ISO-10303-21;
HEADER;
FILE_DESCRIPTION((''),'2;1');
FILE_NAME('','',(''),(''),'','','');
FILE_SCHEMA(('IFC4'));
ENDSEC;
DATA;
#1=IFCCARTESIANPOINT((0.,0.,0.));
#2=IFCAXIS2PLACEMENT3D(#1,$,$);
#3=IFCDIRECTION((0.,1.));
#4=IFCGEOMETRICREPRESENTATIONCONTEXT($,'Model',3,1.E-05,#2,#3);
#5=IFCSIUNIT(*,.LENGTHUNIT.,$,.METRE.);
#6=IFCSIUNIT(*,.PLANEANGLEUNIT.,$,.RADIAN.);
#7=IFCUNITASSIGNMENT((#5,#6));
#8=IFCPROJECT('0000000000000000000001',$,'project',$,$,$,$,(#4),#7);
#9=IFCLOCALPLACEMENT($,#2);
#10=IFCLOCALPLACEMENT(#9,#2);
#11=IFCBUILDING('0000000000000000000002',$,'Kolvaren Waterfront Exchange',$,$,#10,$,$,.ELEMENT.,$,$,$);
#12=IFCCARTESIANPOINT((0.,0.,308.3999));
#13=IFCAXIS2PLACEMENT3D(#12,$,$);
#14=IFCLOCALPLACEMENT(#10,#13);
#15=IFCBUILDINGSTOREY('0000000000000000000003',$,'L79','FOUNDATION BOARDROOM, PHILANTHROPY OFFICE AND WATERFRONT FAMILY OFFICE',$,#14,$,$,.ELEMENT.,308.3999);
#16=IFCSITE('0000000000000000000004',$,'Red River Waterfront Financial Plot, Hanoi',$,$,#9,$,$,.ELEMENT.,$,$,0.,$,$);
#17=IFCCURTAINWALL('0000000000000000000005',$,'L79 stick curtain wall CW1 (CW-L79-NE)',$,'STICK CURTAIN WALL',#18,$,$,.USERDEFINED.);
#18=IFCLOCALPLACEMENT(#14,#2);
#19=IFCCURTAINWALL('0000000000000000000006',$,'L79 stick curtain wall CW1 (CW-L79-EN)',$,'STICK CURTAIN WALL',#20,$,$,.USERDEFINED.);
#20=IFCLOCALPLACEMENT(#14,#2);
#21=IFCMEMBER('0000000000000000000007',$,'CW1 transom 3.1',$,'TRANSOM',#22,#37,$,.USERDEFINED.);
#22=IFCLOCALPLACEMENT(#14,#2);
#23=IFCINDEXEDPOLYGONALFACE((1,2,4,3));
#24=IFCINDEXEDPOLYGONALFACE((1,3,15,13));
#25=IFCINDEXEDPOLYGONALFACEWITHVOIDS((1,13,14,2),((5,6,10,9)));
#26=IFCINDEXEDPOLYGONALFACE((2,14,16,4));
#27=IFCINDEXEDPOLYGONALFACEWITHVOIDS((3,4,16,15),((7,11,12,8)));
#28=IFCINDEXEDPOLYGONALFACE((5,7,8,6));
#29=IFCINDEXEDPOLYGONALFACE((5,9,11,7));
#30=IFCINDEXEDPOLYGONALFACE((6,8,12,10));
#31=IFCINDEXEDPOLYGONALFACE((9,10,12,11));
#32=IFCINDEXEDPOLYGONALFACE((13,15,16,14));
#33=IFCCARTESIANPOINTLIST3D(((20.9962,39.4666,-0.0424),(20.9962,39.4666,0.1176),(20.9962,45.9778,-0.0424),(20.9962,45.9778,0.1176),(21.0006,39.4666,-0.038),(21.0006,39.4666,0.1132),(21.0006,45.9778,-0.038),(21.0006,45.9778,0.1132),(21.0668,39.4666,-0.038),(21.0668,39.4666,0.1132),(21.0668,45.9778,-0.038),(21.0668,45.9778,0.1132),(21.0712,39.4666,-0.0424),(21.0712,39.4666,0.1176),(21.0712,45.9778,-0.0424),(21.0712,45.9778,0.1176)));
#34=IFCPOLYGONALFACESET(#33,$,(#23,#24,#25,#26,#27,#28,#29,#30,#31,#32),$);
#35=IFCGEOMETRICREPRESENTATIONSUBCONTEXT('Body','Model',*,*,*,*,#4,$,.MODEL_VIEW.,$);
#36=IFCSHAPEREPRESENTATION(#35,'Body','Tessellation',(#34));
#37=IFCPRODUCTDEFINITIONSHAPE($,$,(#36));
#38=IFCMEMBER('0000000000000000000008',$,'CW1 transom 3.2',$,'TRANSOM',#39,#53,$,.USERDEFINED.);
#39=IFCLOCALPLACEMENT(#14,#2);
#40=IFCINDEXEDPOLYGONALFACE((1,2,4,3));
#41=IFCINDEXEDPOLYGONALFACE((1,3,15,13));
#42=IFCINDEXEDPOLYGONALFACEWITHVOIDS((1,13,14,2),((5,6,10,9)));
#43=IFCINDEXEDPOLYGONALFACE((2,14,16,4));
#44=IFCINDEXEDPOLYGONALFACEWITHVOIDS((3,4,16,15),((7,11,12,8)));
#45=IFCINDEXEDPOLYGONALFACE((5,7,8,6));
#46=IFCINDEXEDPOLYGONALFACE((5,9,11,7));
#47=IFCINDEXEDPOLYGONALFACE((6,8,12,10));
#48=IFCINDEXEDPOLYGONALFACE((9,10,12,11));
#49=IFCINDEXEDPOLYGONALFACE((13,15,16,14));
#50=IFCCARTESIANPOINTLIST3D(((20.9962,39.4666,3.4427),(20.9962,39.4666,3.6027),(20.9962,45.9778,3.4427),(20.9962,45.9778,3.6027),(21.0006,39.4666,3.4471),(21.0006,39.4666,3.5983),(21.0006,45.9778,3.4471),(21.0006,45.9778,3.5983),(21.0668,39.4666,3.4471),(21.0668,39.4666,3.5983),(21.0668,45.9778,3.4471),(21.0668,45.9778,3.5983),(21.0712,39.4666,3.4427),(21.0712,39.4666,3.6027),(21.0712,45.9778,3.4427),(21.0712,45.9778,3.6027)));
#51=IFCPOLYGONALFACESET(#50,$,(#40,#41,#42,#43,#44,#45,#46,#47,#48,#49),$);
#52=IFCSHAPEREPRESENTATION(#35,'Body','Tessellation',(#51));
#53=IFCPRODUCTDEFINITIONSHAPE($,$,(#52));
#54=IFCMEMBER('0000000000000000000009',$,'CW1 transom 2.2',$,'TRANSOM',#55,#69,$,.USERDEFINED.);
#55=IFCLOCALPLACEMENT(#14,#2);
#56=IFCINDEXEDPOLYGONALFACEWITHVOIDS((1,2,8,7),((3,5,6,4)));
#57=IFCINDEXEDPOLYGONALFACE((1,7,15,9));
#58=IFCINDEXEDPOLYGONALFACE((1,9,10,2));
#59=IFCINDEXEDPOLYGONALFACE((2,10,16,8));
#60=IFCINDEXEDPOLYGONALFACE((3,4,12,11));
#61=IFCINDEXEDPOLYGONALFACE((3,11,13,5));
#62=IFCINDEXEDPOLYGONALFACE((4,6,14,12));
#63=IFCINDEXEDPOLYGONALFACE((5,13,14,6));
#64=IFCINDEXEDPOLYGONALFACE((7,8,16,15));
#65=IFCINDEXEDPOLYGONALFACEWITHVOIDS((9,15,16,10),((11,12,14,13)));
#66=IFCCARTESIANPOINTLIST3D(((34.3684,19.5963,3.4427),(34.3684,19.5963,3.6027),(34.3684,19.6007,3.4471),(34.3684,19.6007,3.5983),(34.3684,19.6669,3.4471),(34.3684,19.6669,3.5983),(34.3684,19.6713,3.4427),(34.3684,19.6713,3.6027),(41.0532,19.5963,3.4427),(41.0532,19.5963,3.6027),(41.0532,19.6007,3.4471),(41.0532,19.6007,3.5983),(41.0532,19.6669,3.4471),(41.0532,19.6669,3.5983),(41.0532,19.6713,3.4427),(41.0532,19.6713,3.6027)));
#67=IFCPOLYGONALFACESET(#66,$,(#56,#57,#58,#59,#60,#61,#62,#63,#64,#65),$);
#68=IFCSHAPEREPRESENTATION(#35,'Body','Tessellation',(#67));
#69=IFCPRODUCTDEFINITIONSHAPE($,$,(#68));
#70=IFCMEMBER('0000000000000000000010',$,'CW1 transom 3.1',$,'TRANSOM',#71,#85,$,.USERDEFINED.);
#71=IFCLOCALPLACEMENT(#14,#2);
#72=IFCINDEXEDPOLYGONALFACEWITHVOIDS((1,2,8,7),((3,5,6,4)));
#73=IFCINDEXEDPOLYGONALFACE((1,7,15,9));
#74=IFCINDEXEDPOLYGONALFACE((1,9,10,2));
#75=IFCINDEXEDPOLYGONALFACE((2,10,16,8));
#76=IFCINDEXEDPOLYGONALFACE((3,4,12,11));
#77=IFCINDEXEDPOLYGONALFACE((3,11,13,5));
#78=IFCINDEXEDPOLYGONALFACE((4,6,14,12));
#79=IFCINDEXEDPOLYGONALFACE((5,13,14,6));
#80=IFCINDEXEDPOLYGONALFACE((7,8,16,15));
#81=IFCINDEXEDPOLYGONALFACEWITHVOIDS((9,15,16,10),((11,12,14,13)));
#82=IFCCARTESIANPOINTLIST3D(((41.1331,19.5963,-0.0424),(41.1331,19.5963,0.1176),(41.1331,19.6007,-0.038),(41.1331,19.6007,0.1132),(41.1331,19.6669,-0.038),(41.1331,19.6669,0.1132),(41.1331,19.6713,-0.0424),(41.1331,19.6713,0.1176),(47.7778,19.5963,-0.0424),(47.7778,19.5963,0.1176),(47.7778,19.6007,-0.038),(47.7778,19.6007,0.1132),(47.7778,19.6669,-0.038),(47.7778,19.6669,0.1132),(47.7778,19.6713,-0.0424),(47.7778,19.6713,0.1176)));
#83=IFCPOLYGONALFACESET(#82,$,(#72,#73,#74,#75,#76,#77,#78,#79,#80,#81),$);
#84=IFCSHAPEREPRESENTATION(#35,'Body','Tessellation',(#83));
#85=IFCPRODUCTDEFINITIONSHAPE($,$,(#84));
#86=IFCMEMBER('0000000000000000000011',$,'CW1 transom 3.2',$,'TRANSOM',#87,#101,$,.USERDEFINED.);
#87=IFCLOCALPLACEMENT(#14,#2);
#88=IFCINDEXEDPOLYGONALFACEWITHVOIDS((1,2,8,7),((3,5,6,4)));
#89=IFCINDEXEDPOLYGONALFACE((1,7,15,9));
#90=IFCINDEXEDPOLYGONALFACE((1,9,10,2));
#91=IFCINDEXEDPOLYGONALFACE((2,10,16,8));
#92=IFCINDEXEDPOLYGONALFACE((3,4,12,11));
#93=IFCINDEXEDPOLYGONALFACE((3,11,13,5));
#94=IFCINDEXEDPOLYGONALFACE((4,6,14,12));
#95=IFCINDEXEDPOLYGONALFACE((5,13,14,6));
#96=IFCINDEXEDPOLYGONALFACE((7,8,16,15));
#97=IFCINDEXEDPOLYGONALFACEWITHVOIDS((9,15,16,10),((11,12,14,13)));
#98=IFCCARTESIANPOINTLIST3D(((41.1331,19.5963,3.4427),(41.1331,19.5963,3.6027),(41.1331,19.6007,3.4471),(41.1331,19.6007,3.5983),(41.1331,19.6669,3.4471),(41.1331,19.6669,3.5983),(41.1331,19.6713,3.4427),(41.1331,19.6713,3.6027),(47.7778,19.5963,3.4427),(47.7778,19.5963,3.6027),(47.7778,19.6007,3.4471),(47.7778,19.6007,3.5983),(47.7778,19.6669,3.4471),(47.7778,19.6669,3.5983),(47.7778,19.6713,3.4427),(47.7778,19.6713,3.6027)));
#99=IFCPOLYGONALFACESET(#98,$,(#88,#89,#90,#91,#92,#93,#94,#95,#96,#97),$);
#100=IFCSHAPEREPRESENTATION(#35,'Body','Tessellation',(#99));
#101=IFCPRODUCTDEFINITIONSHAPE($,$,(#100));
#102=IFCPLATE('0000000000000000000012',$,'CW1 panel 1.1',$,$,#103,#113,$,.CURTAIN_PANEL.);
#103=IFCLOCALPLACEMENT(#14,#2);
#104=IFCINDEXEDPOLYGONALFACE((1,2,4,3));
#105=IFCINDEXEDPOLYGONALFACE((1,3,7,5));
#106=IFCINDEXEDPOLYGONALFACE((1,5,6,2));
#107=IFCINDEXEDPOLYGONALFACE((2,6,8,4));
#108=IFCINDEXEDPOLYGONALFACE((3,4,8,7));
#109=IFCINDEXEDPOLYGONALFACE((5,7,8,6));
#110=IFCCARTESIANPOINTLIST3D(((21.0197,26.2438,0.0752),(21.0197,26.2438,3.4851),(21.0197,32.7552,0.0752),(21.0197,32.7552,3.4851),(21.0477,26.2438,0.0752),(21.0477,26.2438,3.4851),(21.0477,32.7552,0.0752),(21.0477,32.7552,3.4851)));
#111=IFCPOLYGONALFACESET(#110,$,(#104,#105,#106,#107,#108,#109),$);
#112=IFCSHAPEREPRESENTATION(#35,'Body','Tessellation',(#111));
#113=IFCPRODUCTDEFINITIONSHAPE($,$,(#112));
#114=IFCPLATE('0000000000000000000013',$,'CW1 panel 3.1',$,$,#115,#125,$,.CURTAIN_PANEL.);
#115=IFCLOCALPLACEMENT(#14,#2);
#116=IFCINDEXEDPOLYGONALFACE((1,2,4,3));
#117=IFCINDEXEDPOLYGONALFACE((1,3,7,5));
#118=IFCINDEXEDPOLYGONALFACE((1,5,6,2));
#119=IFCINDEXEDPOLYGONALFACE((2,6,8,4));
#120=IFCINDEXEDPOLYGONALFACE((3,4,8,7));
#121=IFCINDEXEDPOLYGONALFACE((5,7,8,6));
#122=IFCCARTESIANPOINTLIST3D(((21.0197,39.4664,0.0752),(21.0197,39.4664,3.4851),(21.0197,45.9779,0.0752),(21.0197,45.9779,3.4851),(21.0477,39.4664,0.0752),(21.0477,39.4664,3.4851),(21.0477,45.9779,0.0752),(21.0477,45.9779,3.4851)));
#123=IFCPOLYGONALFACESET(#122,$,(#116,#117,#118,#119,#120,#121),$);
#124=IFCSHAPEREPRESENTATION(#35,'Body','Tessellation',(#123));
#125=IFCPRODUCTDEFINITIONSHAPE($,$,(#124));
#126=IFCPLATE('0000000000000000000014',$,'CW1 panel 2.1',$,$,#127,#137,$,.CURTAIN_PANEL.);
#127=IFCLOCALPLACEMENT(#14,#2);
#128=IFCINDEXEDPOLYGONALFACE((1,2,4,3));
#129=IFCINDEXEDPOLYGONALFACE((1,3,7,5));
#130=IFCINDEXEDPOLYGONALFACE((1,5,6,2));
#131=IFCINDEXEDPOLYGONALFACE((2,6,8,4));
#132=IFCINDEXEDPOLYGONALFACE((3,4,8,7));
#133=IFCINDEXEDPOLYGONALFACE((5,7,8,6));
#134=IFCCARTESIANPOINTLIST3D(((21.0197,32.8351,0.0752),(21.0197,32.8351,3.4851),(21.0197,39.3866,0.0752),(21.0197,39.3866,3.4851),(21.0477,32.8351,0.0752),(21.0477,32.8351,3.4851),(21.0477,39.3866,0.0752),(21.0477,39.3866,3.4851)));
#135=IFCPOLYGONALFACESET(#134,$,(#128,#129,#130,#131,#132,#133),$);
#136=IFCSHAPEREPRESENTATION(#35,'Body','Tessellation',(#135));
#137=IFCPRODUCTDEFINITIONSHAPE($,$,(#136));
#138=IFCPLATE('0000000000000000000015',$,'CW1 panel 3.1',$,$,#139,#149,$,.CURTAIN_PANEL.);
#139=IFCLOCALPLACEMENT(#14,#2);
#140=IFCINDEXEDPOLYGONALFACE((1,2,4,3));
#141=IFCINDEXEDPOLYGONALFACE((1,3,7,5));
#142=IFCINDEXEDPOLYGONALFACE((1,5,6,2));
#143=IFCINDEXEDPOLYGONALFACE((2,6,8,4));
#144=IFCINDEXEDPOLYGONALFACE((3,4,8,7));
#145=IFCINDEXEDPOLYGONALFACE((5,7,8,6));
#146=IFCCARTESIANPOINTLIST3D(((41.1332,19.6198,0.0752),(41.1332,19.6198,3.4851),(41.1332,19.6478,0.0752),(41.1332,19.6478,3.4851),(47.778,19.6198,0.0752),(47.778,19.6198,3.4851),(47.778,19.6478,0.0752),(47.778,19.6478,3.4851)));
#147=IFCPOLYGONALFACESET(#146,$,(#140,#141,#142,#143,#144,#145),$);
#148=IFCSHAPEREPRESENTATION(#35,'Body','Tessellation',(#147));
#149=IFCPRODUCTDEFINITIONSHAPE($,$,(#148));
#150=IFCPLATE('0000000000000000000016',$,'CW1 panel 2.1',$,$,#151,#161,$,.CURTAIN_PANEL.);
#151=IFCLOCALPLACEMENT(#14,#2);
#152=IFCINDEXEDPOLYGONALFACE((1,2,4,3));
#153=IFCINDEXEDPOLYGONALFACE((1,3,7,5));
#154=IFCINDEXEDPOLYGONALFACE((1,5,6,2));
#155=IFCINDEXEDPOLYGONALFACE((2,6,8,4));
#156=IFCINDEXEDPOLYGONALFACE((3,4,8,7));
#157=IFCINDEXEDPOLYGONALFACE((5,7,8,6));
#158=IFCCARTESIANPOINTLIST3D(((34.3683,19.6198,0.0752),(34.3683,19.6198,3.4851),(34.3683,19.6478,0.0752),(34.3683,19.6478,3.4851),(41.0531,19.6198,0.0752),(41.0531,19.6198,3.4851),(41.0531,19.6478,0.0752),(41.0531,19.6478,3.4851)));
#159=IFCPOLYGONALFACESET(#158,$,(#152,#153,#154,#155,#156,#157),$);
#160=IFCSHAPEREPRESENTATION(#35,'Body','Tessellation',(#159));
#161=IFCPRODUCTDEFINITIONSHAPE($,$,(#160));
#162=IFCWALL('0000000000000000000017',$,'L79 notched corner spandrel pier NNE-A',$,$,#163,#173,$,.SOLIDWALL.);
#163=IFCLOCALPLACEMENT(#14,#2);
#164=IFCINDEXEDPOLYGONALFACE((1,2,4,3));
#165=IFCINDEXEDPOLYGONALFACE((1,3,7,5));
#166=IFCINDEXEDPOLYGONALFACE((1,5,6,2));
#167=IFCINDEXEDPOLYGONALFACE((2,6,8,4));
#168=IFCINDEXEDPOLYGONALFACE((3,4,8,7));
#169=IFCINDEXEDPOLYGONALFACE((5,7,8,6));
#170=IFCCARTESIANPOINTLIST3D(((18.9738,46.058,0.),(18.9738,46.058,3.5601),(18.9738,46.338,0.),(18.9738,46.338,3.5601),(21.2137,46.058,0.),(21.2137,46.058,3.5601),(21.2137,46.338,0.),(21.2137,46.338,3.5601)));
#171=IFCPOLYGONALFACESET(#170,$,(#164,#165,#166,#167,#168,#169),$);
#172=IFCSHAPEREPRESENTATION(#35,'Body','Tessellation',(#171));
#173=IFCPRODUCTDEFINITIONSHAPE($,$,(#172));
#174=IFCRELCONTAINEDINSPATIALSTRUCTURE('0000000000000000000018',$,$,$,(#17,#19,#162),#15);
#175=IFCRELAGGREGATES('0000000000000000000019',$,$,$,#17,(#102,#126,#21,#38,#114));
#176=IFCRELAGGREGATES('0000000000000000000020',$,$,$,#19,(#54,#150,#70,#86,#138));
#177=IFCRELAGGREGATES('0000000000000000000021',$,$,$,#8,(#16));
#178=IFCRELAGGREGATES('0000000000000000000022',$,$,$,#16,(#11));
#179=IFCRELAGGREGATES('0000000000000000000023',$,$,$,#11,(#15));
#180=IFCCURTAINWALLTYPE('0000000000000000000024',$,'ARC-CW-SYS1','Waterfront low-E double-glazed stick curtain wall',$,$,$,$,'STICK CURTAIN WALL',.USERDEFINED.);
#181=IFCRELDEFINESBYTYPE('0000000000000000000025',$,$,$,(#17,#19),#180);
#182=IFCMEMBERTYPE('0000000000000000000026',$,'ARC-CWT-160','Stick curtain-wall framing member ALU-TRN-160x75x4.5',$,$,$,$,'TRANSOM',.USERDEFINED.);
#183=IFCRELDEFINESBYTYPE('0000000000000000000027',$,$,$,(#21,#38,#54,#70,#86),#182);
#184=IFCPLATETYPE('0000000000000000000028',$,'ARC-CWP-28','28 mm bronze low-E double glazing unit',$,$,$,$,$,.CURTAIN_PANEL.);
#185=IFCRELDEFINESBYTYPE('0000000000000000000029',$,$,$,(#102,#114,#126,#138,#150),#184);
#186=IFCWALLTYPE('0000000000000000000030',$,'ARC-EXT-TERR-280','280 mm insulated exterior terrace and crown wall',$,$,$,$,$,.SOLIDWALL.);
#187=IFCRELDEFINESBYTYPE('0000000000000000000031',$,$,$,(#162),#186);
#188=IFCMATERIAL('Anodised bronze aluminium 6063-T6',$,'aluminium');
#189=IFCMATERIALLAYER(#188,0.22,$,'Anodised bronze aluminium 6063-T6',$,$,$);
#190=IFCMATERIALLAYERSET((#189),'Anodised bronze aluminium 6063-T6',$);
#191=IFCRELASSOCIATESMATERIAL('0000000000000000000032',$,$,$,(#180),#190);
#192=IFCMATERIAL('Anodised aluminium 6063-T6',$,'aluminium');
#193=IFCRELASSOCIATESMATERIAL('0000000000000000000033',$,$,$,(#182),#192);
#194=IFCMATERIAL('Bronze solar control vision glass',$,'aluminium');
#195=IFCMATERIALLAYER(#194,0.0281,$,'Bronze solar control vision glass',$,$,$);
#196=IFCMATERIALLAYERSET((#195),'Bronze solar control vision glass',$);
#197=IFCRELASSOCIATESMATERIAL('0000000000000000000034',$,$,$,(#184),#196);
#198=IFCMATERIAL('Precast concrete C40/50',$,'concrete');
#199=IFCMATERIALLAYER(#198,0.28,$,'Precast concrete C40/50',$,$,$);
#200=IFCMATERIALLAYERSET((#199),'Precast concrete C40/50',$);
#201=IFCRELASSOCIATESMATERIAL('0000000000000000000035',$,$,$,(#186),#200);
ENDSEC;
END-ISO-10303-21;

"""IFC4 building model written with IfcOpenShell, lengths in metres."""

from ifc_helpers import new_model, si_unit, direction, frame, frame_2d, origin, origin_with_axes, origin_2d, place, context, subcontext, project, spatial, rectangle, hollow_rectangle, extrude, source, transform, mapped, material, layer, layer_set, material_profile, profile_set, type_object, element, aggregate, save


model = new_model("IFC4")

# Units and contexts
model_context = context("Model", 3, precision=1e-05, world=origin(), true_north=direction((0.0, 1.0)))
body_context = subcontext(model_context, "Body", "Model", "MODEL_VIEW")
ifc_project = project(units=[si_unit("LENGTHUNIT", "METRE"), si_unit("PLANEANGLEUNIT", "RADIAN")], contexts=[model_context])

# Site, building, storey
site_placement = place(None, origin())
site = spatial("IfcSite", under=ifc_project, at=site_placement, Name="Red River Waterfront Financial Plot, Hanoi", CompositionType="ELEMENT", RefElevation=0.0)
building_placement = place(site_placement, origin())
building = spatial("IfcBuilding", under=site, at=building_placement, Name="Kolvaren Waterfront Exchange", CompositionType="ELEMENT")
storey_placement = place(building_placement, frame((0.0, 0.0, 308.3999)))
storey = spatial("IfcBuildingStorey", under=building, at=storey_placement, Name="L79", Description="FOUNDATION BOARDROOM, PHILANTHROPY OFFICE AND WATERFRONT FAMILY OFFICE", CompositionType="ELEMENT", Elevation=308.3999)

# Curtain walls
ifc_material_1 = material(Name="Anodised bronze aluminium 6063-T6", Category="aluminium")
ifc_layer_1 = layer(ifc_material_1, 0.22, Name="Anodised bronze aluminium 6063-T6")
ifc_layer_set_1 = layer_set([ifc_layer_1], Name="Anodised bronze aluminium 6063-T6")
curtain_wall_type = type_object("IfcCurtainWallType", Name="ARC-CW-SYS1", Description="Waterfront low-E double-glazed stick curtain wall", ElementType="STICK CURTAIN WALL", PredefinedType="USERDEFINED", material=ifc_layer_set_1)
curtain_wall_1_placement = place(storey_placement, origin())
curtain_wall_1 = element("IfcCurtainWall", 1, at=curtain_wall_1_placement, inside=storey, type_object=curtain_wall_type, Name="L79 stick curtain wall CW1 (CW-L79-NE)", ObjectType="STICK CURTAIN WALL", PredefinedType="USERDEFINED")
ifc_material_2 = material(Name="Anodised aluminium 6063-T6", Category="aluminium")
curtain_wall_2_placement = place(storey_placement, origin())
curtain_wall_2 = element("IfcCurtainWall", 2, at=curtain_wall_2_placement, inside=storey, type_object=curtain_wall_type, Name="L79 stick curtain wall CW1 (CW-L79-EN)", ObjectType="STICK CURTAIN WALL", PredefinedType="USERDEFINED")

# Members
ifc_material_profile_1 = material_profile(ifc_material_2, hollow_rectangle(XDim=0.075, YDim=0.1599, WallThickness=0.0044, at=origin_2d()), Name="ALU-TRN-160x75x4.5")
ifc_profile_set_1 = profile_set([ifc_material_profile_1], Name="Anodised aluminium 6063-T6")
member_type_1 = type_object("IfcMemberType", Name="ARC-CWT-160", Description="Stick curtain-wall framing member ALU-TRN-160x75x4.5", ElementType="TRANSOM", PredefinedType="USERDEFINED", material=ifc_profile_set_1)
shared_shape_1 = source(origin_with_axes(), body_context, "Body", "SweptSolid", [
    extrude(hollow_rectangle(XDim=0.075, YDim=0.1599, WallThickness=0.0044, at=origin_2d()), origin(), (0.0, 0.0, 1.0), 6.5112),
])
member_1_placement = place(storey_placement, frame((21.0337, 39.4666, 0.0376), z_axis=(0.0, 1.0, 0.0), x_axis=(-1.0, 0.0, 0.0)))
member_1 = element("IfcMember", 3, at=member_1_placement, type_object=member_type_1, Name="CW1 transom 3.1", ObjectType="TRANSOM", PredefinedType="USERDEFINED", context=body_context, shape_type="MappedRepresentation", body=[
    mapped(shared_shape_1, transform((0.0, 0.0, 0.0), x_axis=(1.0, 0.0, 0.0), y_axis=(0.0, 1.0, 0.0), z_axis=(0.0, 0.0, 1.0), scale=1.0)),
])
member_2_placement = place(storey_placement, frame((21.0337, 39.4666, 3.5227), z_axis=(0.0, 1.0, 0.0), x_axis=(-1.0, 0.0, 0.0)))
member_2 = element("IfcMember", 4, at=member_2_placement, type_object=member_type_1, Name="CW1 transom 3.2", ObjectType="TRANSOM", PredefinedType="USERDEFINED", context=body_context, shape_type="MappedRepresentation", body=[
    mapped(shared_shape_1, transform((0.0, 0.0, 0.0), x_axis=(1.0, 0.0, 0.0), y_axis=(0.0, 1.0, 0.0), z_axis=(0.0, 0.0, 1.0), scale=1.0)),
])
shared_shape_2 = source(origin_with_axes(), body_context, "Body", "SweptSolid", [
    extrude(hollow_rectangle(XDim=0.075, YDim=0.1599, WallThickness=0.0044, at=origin_2d()), origin(), (0.0, 0.0, 1.0), 6.6848),
])
member_3_placement = place(storey_placement, frame((34.3684, 19.6338, 3.5227), z_axis=(1.0, 0.0, 0.0), x_axis=(0.0, 1.0, 0.0)))
member_3 = element("IfcMember", 5, at=member_3_placement, type_object=member_type_1, Name="CW1 transom 2.2", ObjectType="TRANSOM", PredefinedType="USERDEFINED", context=body_context, shape_type="MappedRepresentation", body=[
    mapped(shared_shape_2, transform((0.0, 0.0, 0.0), x_axis=(1.0, 0.0, 0.0), y_axis=(0.0, 1.0, 0.0), z_axis=(0.0, 0.0, 1.0), scale=1.0)),
])
shared_shape_3 = source(origin_with_axes(), body_context, "Body", "SweptSolid", [
    extrude(hollow_rectangle(XDim=0.075, YDim=0.1599, WallThickness=0.0044, at=origin_2d()), origin(), (0.0, 0.0, 1.0), 6.6448),
])
member_4_placement = place(storey_placement, frame((41.1331, 19.6338, 0.0376), z_axis=(1.0, 0.0, 0.0), x_axis=(0.0, 1.0, 0.0)))
member_4 = element("IfcMember", 6, at=member_4_placement, type_object=member_type_1, Name="CW1 transom 3.1", ObjectType="TRANSOM", PredefinedType="USERDEFINED", context=body_context, shape_type="MappedRepresentation", body=[
    mapped(shared_shape_3, transform((0.0, 0.0, 0.0), x_axis=(1.0, 0.0, 0.0), y_axis=(0.0, 1.0, 0.0), z_axis=(0.0, 0.0, 1.0), scale=1.0)),
])
member_5_placement = place(storey_placement, frame((41.1331, 19.6338, 3.5227), z_axis=(1.0, 0.0, 0.0), x_axis=(0.0, 1.0, 0.0)))
member_5 = element("IfcMember", 7, at=member_5_placement, type_object=member_type_1, Name="CW1 transom 3.2", ObjectType="TRANSOM", PredefinedType="USERDEFINED", context=body_context, shape_type="MappedRepresentation", body=[
    mapped(shared_shape_3, transform((0.0, 0.0, 0.0), x_axis=(1.0, 0.0, 0.0), y_axis=(0.0, 1.0, 0.0), z_axis=(0.0, 0.0, 1.0), scale=1.0)),
])

# Plates
ifc_material_3 = material(Name="Bronze solar control vision glass", Category="aluminium")
ifc_layer_2 = layer(ifc_material_3, 0.0281, Name="Bronze solar control vision glass")
ifc_layer_set_2 = layer_set([ifc_layer_2], Name="Bronze solar control vision glass")
plate_type = type_object("IfcPlateType", Name="ARC-CWP-28", Description="28 mm bronze low-E double glazing unit", PredefinedType="CURTAIN_PANEL", material=ifc_layer_set_2)
shared_shape_4 = source(origin_with_axes(), body_context, "Body", "SweptSolid", [
    extrude(rectangle(XDim=6.5115, YDim=0.0281, at=origin_2d()), origin(), (0.0, 0.0, 1.0), 3.4099),
])
plate_1_placement = place(storey_placement, frame((21.0337, 29.4995, 0.0752), z_axis=(0.0, 0.0, 1.0), x_axis=(0.0, 1.0, 0.0)))
plate_1 = element("IfcPlate", 8, at=plate_1_placement, type_object=plate_type, Name="CW1 panel 1.1", PredefinedType="CURTAIN_PANEL", context=body_context, shape_type="MappedRepresentation", body=[
    mapped(shared_shape_4, transform((0.0, 0.0, 0.0), x_axis=(1.0, 0.0, 0.0), y_axis=(0.0, 1.0, 0.0), z_axis=(0.0, 0.0, 1.0), scale=1.0)),
])
plate_2_placement = place(storey_placement, frame((21.0337, 42.7222, 0.0752), z_axis=(0.0, 0.0, 1.0), x_axis=(0.0, 1.0, 0.0)))
plate_2 = element("IfcPlate", 9, at=plate_2_placement, type_object=plate_type, Name="CW1 panel 3.1", PredefinedType="CURTAIN_PANEL", context=body_context, shape_type="MappedRepresentation", body=[
    mapped(shared_shape_4, transform((0.0, 0.0, 0.0), x_axis=(1.0, 0.0, 0.0), y_axis=(0.0, 1.0, 0.0), z_axis=(0.0, 0.0, 1.0), scale=1.0)),
])
shared_shape_5 = source(origin_with_axes(), body_context, "Body", "SweptSolid", [
    extrude(rectangle(XDim=6.5515, YDim=0.0281, at=origin_2d()), origin(), (0.0, 0.0, 1.0), 3.4099),
])
plate_3_placement = place(storey_placement, frame((21.0337, 36.1108, 0.0752), z_axis=(0.0, 0.0, 1.0), x_axis=(0.0, 1.0, 0.0)))
plate_3 = element("IfcPlate", 10, at=plate_3_placement, type_object=plate_type, Name="CW1 panel 2.1", PredefinedType="CURTAIN_PANEL", context=body_context, shape_type="MappedRepresentation", body=[
    mapped(shared_shape_5, transform((0.0, 0.0, 0.0), x_axis=(1.0, 0.0, 0.0), y_axis=(0.0, 1.0, 0.0), z_axis=(0.0, 0.0, 1.0), scale=1.0)),
])
aggregate(curtain_wall_1, [plate_1, plate_3, member_1, member_2, plate_2])
shared_shape_6 = source(origin_with_axes(), body_context, "Body", "SweptSolid", [
    extrude(rectangle(XDim=6.6448, YDim=0.0281, at=origin_2d()), origin(), (0.0, 0.0, 1.0), 3.4099),
])
plate_4_placement = place(storey_placement, frame((44.4556, 19.6338, 0.0752), z_axis=(0.0, 0.0, 1.0), x_axis=(1.0, 0.0, 0.0)))
plate_4 = element("IfcPlate", 11, at=plate_4_placement, type_object=plate_type, Name="CW1 panel 3.1", PredefinedType="CURTAIN_PANEL", context=body_context, shape_type="MappedRepresentation", body=[
    mapped(shared_shape_6, transform((0.0, 0.0, 0.0), x_axis=(1.0, 0.0, 0.0), y_axis=(0.0, 1.0, 0.0), z_axis=(0.0, 0.0, 1.0), scale=1.0)),
])
shared_shape_7 = source(origin_with_axes(), body_context, "Body", "SweptSolid", [
    extrude(rectangle(XDim=6.6848, YDim=0.0281, at=origin_2d()), origin(), (0.0, 0.0, 1.0), 3.4099),
])
plate_5_placement = place(storey_placement, frame((37.7107, 19.6338, 0.0752), z_axis=(0.0, 0.0, 1.0), x_axis=(1.0, 0.0, 0.0)))
plate_5 = element("IfcPlate", 12, at=plate_5_placement, type_object=plate_type, Name="CW1 panel 2.1", PredefinedType="CURTAIN_PANEL", context=body_context, shape_type="MappedRepresentation", body=[
    mapped(shared_shape_7, transform((0.0, 0.0, 0.0), x_axis=(1.0, 0.0, 0.0), y_axis=(0.0, 1.0, 0.0), z_axis=(0.0, 0.0, 1.0), scale=1.0)),
])
aggregate(curtain_wall_2, [member_3, plate_5, member_4, member_5, plate_4])

# Wall
ifc_material_4 = material(Name="Precast concrete C40/50", Category="concrete")
ifc_layer_3 = layer(ifc_material_4, 0.28, Name="Precast concrete C40/50")
ifc_layer_set_3 = layer_set([ifc_layer_3], Name="Precast concrete C40/50")
wall_type = type_object("IfcWallType", Name="ARC-EXT-TERR-280", Description="280 mm insulated exterior terrace and crown wall", PredefinedType="SOLIDWALL", material=ifc_layer_set_3)
wall_1_placement = place(storey_placement, frame((18.9736, 46.198, 0.0), z_axis=(0.0, 0.0, 1.0), x_axis=(1.0, 0.0, 0.0)))
element("IfcWall", 13, at=wall_1_placement, inside=storey, type_object=wall_type, Name="L79 notched corner spandrel pier NNE-A", PredefinedType="SOLIDWALL", context=body_context, shape_type="SweptSolid", body=[
    extrude(rectangle(XDim=2.24, YDim=0.28, at=frame_2d((1.1201, 0.0))), origin(), (0.0, 0.0, 1.0), 3.5601),
])

save(model, "model.ifc")
